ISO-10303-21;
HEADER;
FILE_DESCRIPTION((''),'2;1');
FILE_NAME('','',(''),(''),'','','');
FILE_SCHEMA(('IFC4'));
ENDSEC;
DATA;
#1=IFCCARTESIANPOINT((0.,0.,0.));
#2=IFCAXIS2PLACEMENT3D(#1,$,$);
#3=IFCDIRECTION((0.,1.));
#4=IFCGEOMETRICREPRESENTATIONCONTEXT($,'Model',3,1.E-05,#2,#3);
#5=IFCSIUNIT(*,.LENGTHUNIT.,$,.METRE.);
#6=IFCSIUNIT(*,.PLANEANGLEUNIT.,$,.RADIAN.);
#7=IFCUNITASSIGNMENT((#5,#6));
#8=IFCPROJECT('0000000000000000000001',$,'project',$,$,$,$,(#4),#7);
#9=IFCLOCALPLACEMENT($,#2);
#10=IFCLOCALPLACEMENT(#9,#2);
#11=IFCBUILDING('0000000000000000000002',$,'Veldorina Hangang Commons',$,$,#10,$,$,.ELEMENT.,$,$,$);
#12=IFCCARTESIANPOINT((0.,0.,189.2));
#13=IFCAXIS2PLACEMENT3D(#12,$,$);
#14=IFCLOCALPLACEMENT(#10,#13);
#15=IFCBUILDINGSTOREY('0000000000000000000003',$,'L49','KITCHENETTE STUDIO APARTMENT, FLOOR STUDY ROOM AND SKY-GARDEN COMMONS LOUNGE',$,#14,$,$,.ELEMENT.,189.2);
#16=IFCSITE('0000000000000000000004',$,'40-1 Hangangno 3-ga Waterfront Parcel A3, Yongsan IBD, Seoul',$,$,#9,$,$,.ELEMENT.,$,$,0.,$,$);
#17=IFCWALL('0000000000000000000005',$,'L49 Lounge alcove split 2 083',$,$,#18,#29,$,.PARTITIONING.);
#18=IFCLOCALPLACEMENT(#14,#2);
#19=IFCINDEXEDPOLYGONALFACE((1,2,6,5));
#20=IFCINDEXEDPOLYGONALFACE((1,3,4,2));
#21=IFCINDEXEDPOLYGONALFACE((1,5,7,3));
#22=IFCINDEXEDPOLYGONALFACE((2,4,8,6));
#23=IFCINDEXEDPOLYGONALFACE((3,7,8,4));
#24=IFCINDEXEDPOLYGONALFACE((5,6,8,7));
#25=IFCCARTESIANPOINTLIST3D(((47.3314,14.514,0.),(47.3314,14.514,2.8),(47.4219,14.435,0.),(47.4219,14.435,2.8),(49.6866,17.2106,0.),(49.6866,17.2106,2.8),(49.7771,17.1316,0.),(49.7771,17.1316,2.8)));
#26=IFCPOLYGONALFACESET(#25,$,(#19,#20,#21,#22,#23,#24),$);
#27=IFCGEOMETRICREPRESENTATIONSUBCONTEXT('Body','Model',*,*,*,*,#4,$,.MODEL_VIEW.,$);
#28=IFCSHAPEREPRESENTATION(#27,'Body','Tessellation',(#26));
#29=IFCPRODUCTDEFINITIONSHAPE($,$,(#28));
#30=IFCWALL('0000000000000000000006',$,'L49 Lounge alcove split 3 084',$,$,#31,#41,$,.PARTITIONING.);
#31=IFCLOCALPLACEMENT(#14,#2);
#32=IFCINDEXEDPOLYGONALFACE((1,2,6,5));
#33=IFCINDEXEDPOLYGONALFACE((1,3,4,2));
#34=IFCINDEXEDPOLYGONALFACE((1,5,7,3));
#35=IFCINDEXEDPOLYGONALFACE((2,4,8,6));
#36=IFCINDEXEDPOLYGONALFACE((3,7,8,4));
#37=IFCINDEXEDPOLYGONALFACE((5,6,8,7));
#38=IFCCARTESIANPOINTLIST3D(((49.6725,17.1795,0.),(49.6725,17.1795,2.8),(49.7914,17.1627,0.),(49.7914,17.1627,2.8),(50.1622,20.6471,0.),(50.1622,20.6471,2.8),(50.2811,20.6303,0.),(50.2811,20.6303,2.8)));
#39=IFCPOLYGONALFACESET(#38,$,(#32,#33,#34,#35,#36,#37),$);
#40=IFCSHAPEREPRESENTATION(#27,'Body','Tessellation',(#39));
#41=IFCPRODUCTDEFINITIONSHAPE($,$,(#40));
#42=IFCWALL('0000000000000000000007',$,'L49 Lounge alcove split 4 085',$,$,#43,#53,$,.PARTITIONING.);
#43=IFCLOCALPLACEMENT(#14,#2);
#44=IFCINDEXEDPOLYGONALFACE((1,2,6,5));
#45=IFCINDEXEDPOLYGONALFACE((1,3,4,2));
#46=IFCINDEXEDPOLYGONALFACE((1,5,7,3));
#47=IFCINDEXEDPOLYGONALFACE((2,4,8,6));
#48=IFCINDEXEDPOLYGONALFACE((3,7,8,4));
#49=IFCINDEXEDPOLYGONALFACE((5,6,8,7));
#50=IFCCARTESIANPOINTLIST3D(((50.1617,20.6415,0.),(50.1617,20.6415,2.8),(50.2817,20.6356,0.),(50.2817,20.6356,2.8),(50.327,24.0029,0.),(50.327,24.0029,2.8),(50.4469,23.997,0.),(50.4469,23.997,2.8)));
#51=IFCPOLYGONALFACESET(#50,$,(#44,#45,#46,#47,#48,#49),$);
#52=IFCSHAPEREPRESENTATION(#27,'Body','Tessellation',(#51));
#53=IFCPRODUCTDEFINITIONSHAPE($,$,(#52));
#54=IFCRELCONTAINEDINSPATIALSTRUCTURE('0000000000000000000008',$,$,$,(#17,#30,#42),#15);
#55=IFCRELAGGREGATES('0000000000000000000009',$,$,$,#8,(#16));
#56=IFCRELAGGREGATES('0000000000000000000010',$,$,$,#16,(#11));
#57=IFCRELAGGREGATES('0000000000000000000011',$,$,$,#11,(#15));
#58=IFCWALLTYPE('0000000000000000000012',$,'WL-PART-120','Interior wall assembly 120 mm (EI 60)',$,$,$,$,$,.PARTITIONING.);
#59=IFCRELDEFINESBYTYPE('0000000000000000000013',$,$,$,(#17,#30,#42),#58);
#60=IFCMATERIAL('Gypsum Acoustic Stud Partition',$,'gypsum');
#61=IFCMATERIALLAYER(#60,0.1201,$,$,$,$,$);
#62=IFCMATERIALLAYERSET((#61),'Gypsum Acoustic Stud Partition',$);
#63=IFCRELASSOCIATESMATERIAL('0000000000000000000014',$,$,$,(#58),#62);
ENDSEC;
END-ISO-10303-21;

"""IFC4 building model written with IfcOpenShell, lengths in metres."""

from ifc_helpers import new_model, si_unit, direction, frame, frame_2d, origin, place, context, subcontext, project, spatial, rectangle, extrude, material, layer, layer_set, type_object, element, save


model = new_model("IFC4")

# Units and contexts
model_context = context("Model", 3, precision=1e-05, world=origin(), true_north=direction((0.0, 1.0)))
body_context = subcontext(model_context, "Body", "Model", "MODEL_VIEW")
ifc_project = project(units=[si_unit("LENGTHUNIT", "METRE"), si_unit("PLANEANGLEUNIT", "RADIAN")], contexts=[model_context])

# Site, building, storey
site_placement = place(None, origin())
site = spatial("IfcSite", under=ifc_project, at=site_placement, Name="40-1 Hangangno 3-ga Waterfront Parcel A3, Yongsan IBD, Seoul", CompositionType="ELEMENT", RefElevation=0.0)
building_placement = place(site_placement, origin())
building = spatial("IfcBuilding", under=site, at=building_placement, Name="Veldorina Hangang Commons", CompositionType="ELEMENT")
storey_placement = place(building_placement, frame((0.0, 0.0, 189.2)))
storey = spatial("IfcBuildingStorey", under=building, at=storey_placement, Name="L49", Description="KITCHENETTE STUDIO APARTMENT, FLOOR STUDY ROOM AND SKY-GARDEN COMMONS LOUNGE", CompositionType="ELEMENT", Elevation=189.2)

# Walls
ifc_material_1 = material(Name="Gypsum Acoustic Stud Partition", Category="gypsum")
ifc_layer_1 = layer(ifc_material_1, 0.1201)
ifc_layer_set_1 = layer_set([ifc_layer_1], Name="Gypsum Acoustic Stud Partition")
wall_type_1 = type_object("IfcWallType", Name="WL-PART-120", Description="Interior wall assembly 120 mm (EI 60)", PredefinedType="PARTITIONING", material=ifc_layer_set_1)
wall_1_placement = place(storey_placement, frame((47.3767, 14.4746, 0.0), z_axis=(0.0, 0.0, 1.0), x_axis=(0.657833, 0.753164, 0.0)))
element("IfcWall", 1, at=wall_1_placement, inside=storey, type_object=wall_type_1, Name="L49 Lounge alcove split 2 083", PredefinedType="PARTITIONING", context=body_context, shape_type="SweptSolid", body=[
    extrude(rectangle(XDim=3.5803, YDim=0.1201, at=frame_2d((1.79, 0.0))), origin(), (0.0, 0.0, 1.0), 2.8),
])
wall_2_placement = place(storey_placement, frame((49.7319, 17.1711, 0.0), z_axis=(0.0, 0.0, 1.0), x_axis=(0.13985, 0.990173, 0.0)))
element("IfcWall", 2, at=wall_2_placement, inside=storey, type_object=wall_type_1, Name="L49 Lounge alcove split 3 084", PredefinedType="PARTITIONING", context=body_context, shape_type="SweptSolid", body=[
    extrude(rectangle(XDim=3.502, YDim=0.1201, at=frame_2d((1.751, 0.0))), origin(), (0.0, 0.0, 1.0), 2.8),
])
wall_3_placement = place(storey_placement, frame((50.2217, 20.6387, 0.0), z_axis=(0.0, 0.0, 1.0), x_axis=(0.049113, 0.998793, 0.0)))
element("IfcWall", 3, at=wall_3_placement, inside=storey, type_object=wall_type_1, Name="L49 Lounge alcove split 4 085", PredefinedType="PARTITIONING", context=body_context, shape_type="SweptSolid", body=[
    extrude(rectangle(XDim=3.3655, YDim=0.1201, at=frame_2d((1.6826, 0.0))), origin(), (0.0, 0.0, 1.0), 2.8),
])

save(model, "model.ifc")
